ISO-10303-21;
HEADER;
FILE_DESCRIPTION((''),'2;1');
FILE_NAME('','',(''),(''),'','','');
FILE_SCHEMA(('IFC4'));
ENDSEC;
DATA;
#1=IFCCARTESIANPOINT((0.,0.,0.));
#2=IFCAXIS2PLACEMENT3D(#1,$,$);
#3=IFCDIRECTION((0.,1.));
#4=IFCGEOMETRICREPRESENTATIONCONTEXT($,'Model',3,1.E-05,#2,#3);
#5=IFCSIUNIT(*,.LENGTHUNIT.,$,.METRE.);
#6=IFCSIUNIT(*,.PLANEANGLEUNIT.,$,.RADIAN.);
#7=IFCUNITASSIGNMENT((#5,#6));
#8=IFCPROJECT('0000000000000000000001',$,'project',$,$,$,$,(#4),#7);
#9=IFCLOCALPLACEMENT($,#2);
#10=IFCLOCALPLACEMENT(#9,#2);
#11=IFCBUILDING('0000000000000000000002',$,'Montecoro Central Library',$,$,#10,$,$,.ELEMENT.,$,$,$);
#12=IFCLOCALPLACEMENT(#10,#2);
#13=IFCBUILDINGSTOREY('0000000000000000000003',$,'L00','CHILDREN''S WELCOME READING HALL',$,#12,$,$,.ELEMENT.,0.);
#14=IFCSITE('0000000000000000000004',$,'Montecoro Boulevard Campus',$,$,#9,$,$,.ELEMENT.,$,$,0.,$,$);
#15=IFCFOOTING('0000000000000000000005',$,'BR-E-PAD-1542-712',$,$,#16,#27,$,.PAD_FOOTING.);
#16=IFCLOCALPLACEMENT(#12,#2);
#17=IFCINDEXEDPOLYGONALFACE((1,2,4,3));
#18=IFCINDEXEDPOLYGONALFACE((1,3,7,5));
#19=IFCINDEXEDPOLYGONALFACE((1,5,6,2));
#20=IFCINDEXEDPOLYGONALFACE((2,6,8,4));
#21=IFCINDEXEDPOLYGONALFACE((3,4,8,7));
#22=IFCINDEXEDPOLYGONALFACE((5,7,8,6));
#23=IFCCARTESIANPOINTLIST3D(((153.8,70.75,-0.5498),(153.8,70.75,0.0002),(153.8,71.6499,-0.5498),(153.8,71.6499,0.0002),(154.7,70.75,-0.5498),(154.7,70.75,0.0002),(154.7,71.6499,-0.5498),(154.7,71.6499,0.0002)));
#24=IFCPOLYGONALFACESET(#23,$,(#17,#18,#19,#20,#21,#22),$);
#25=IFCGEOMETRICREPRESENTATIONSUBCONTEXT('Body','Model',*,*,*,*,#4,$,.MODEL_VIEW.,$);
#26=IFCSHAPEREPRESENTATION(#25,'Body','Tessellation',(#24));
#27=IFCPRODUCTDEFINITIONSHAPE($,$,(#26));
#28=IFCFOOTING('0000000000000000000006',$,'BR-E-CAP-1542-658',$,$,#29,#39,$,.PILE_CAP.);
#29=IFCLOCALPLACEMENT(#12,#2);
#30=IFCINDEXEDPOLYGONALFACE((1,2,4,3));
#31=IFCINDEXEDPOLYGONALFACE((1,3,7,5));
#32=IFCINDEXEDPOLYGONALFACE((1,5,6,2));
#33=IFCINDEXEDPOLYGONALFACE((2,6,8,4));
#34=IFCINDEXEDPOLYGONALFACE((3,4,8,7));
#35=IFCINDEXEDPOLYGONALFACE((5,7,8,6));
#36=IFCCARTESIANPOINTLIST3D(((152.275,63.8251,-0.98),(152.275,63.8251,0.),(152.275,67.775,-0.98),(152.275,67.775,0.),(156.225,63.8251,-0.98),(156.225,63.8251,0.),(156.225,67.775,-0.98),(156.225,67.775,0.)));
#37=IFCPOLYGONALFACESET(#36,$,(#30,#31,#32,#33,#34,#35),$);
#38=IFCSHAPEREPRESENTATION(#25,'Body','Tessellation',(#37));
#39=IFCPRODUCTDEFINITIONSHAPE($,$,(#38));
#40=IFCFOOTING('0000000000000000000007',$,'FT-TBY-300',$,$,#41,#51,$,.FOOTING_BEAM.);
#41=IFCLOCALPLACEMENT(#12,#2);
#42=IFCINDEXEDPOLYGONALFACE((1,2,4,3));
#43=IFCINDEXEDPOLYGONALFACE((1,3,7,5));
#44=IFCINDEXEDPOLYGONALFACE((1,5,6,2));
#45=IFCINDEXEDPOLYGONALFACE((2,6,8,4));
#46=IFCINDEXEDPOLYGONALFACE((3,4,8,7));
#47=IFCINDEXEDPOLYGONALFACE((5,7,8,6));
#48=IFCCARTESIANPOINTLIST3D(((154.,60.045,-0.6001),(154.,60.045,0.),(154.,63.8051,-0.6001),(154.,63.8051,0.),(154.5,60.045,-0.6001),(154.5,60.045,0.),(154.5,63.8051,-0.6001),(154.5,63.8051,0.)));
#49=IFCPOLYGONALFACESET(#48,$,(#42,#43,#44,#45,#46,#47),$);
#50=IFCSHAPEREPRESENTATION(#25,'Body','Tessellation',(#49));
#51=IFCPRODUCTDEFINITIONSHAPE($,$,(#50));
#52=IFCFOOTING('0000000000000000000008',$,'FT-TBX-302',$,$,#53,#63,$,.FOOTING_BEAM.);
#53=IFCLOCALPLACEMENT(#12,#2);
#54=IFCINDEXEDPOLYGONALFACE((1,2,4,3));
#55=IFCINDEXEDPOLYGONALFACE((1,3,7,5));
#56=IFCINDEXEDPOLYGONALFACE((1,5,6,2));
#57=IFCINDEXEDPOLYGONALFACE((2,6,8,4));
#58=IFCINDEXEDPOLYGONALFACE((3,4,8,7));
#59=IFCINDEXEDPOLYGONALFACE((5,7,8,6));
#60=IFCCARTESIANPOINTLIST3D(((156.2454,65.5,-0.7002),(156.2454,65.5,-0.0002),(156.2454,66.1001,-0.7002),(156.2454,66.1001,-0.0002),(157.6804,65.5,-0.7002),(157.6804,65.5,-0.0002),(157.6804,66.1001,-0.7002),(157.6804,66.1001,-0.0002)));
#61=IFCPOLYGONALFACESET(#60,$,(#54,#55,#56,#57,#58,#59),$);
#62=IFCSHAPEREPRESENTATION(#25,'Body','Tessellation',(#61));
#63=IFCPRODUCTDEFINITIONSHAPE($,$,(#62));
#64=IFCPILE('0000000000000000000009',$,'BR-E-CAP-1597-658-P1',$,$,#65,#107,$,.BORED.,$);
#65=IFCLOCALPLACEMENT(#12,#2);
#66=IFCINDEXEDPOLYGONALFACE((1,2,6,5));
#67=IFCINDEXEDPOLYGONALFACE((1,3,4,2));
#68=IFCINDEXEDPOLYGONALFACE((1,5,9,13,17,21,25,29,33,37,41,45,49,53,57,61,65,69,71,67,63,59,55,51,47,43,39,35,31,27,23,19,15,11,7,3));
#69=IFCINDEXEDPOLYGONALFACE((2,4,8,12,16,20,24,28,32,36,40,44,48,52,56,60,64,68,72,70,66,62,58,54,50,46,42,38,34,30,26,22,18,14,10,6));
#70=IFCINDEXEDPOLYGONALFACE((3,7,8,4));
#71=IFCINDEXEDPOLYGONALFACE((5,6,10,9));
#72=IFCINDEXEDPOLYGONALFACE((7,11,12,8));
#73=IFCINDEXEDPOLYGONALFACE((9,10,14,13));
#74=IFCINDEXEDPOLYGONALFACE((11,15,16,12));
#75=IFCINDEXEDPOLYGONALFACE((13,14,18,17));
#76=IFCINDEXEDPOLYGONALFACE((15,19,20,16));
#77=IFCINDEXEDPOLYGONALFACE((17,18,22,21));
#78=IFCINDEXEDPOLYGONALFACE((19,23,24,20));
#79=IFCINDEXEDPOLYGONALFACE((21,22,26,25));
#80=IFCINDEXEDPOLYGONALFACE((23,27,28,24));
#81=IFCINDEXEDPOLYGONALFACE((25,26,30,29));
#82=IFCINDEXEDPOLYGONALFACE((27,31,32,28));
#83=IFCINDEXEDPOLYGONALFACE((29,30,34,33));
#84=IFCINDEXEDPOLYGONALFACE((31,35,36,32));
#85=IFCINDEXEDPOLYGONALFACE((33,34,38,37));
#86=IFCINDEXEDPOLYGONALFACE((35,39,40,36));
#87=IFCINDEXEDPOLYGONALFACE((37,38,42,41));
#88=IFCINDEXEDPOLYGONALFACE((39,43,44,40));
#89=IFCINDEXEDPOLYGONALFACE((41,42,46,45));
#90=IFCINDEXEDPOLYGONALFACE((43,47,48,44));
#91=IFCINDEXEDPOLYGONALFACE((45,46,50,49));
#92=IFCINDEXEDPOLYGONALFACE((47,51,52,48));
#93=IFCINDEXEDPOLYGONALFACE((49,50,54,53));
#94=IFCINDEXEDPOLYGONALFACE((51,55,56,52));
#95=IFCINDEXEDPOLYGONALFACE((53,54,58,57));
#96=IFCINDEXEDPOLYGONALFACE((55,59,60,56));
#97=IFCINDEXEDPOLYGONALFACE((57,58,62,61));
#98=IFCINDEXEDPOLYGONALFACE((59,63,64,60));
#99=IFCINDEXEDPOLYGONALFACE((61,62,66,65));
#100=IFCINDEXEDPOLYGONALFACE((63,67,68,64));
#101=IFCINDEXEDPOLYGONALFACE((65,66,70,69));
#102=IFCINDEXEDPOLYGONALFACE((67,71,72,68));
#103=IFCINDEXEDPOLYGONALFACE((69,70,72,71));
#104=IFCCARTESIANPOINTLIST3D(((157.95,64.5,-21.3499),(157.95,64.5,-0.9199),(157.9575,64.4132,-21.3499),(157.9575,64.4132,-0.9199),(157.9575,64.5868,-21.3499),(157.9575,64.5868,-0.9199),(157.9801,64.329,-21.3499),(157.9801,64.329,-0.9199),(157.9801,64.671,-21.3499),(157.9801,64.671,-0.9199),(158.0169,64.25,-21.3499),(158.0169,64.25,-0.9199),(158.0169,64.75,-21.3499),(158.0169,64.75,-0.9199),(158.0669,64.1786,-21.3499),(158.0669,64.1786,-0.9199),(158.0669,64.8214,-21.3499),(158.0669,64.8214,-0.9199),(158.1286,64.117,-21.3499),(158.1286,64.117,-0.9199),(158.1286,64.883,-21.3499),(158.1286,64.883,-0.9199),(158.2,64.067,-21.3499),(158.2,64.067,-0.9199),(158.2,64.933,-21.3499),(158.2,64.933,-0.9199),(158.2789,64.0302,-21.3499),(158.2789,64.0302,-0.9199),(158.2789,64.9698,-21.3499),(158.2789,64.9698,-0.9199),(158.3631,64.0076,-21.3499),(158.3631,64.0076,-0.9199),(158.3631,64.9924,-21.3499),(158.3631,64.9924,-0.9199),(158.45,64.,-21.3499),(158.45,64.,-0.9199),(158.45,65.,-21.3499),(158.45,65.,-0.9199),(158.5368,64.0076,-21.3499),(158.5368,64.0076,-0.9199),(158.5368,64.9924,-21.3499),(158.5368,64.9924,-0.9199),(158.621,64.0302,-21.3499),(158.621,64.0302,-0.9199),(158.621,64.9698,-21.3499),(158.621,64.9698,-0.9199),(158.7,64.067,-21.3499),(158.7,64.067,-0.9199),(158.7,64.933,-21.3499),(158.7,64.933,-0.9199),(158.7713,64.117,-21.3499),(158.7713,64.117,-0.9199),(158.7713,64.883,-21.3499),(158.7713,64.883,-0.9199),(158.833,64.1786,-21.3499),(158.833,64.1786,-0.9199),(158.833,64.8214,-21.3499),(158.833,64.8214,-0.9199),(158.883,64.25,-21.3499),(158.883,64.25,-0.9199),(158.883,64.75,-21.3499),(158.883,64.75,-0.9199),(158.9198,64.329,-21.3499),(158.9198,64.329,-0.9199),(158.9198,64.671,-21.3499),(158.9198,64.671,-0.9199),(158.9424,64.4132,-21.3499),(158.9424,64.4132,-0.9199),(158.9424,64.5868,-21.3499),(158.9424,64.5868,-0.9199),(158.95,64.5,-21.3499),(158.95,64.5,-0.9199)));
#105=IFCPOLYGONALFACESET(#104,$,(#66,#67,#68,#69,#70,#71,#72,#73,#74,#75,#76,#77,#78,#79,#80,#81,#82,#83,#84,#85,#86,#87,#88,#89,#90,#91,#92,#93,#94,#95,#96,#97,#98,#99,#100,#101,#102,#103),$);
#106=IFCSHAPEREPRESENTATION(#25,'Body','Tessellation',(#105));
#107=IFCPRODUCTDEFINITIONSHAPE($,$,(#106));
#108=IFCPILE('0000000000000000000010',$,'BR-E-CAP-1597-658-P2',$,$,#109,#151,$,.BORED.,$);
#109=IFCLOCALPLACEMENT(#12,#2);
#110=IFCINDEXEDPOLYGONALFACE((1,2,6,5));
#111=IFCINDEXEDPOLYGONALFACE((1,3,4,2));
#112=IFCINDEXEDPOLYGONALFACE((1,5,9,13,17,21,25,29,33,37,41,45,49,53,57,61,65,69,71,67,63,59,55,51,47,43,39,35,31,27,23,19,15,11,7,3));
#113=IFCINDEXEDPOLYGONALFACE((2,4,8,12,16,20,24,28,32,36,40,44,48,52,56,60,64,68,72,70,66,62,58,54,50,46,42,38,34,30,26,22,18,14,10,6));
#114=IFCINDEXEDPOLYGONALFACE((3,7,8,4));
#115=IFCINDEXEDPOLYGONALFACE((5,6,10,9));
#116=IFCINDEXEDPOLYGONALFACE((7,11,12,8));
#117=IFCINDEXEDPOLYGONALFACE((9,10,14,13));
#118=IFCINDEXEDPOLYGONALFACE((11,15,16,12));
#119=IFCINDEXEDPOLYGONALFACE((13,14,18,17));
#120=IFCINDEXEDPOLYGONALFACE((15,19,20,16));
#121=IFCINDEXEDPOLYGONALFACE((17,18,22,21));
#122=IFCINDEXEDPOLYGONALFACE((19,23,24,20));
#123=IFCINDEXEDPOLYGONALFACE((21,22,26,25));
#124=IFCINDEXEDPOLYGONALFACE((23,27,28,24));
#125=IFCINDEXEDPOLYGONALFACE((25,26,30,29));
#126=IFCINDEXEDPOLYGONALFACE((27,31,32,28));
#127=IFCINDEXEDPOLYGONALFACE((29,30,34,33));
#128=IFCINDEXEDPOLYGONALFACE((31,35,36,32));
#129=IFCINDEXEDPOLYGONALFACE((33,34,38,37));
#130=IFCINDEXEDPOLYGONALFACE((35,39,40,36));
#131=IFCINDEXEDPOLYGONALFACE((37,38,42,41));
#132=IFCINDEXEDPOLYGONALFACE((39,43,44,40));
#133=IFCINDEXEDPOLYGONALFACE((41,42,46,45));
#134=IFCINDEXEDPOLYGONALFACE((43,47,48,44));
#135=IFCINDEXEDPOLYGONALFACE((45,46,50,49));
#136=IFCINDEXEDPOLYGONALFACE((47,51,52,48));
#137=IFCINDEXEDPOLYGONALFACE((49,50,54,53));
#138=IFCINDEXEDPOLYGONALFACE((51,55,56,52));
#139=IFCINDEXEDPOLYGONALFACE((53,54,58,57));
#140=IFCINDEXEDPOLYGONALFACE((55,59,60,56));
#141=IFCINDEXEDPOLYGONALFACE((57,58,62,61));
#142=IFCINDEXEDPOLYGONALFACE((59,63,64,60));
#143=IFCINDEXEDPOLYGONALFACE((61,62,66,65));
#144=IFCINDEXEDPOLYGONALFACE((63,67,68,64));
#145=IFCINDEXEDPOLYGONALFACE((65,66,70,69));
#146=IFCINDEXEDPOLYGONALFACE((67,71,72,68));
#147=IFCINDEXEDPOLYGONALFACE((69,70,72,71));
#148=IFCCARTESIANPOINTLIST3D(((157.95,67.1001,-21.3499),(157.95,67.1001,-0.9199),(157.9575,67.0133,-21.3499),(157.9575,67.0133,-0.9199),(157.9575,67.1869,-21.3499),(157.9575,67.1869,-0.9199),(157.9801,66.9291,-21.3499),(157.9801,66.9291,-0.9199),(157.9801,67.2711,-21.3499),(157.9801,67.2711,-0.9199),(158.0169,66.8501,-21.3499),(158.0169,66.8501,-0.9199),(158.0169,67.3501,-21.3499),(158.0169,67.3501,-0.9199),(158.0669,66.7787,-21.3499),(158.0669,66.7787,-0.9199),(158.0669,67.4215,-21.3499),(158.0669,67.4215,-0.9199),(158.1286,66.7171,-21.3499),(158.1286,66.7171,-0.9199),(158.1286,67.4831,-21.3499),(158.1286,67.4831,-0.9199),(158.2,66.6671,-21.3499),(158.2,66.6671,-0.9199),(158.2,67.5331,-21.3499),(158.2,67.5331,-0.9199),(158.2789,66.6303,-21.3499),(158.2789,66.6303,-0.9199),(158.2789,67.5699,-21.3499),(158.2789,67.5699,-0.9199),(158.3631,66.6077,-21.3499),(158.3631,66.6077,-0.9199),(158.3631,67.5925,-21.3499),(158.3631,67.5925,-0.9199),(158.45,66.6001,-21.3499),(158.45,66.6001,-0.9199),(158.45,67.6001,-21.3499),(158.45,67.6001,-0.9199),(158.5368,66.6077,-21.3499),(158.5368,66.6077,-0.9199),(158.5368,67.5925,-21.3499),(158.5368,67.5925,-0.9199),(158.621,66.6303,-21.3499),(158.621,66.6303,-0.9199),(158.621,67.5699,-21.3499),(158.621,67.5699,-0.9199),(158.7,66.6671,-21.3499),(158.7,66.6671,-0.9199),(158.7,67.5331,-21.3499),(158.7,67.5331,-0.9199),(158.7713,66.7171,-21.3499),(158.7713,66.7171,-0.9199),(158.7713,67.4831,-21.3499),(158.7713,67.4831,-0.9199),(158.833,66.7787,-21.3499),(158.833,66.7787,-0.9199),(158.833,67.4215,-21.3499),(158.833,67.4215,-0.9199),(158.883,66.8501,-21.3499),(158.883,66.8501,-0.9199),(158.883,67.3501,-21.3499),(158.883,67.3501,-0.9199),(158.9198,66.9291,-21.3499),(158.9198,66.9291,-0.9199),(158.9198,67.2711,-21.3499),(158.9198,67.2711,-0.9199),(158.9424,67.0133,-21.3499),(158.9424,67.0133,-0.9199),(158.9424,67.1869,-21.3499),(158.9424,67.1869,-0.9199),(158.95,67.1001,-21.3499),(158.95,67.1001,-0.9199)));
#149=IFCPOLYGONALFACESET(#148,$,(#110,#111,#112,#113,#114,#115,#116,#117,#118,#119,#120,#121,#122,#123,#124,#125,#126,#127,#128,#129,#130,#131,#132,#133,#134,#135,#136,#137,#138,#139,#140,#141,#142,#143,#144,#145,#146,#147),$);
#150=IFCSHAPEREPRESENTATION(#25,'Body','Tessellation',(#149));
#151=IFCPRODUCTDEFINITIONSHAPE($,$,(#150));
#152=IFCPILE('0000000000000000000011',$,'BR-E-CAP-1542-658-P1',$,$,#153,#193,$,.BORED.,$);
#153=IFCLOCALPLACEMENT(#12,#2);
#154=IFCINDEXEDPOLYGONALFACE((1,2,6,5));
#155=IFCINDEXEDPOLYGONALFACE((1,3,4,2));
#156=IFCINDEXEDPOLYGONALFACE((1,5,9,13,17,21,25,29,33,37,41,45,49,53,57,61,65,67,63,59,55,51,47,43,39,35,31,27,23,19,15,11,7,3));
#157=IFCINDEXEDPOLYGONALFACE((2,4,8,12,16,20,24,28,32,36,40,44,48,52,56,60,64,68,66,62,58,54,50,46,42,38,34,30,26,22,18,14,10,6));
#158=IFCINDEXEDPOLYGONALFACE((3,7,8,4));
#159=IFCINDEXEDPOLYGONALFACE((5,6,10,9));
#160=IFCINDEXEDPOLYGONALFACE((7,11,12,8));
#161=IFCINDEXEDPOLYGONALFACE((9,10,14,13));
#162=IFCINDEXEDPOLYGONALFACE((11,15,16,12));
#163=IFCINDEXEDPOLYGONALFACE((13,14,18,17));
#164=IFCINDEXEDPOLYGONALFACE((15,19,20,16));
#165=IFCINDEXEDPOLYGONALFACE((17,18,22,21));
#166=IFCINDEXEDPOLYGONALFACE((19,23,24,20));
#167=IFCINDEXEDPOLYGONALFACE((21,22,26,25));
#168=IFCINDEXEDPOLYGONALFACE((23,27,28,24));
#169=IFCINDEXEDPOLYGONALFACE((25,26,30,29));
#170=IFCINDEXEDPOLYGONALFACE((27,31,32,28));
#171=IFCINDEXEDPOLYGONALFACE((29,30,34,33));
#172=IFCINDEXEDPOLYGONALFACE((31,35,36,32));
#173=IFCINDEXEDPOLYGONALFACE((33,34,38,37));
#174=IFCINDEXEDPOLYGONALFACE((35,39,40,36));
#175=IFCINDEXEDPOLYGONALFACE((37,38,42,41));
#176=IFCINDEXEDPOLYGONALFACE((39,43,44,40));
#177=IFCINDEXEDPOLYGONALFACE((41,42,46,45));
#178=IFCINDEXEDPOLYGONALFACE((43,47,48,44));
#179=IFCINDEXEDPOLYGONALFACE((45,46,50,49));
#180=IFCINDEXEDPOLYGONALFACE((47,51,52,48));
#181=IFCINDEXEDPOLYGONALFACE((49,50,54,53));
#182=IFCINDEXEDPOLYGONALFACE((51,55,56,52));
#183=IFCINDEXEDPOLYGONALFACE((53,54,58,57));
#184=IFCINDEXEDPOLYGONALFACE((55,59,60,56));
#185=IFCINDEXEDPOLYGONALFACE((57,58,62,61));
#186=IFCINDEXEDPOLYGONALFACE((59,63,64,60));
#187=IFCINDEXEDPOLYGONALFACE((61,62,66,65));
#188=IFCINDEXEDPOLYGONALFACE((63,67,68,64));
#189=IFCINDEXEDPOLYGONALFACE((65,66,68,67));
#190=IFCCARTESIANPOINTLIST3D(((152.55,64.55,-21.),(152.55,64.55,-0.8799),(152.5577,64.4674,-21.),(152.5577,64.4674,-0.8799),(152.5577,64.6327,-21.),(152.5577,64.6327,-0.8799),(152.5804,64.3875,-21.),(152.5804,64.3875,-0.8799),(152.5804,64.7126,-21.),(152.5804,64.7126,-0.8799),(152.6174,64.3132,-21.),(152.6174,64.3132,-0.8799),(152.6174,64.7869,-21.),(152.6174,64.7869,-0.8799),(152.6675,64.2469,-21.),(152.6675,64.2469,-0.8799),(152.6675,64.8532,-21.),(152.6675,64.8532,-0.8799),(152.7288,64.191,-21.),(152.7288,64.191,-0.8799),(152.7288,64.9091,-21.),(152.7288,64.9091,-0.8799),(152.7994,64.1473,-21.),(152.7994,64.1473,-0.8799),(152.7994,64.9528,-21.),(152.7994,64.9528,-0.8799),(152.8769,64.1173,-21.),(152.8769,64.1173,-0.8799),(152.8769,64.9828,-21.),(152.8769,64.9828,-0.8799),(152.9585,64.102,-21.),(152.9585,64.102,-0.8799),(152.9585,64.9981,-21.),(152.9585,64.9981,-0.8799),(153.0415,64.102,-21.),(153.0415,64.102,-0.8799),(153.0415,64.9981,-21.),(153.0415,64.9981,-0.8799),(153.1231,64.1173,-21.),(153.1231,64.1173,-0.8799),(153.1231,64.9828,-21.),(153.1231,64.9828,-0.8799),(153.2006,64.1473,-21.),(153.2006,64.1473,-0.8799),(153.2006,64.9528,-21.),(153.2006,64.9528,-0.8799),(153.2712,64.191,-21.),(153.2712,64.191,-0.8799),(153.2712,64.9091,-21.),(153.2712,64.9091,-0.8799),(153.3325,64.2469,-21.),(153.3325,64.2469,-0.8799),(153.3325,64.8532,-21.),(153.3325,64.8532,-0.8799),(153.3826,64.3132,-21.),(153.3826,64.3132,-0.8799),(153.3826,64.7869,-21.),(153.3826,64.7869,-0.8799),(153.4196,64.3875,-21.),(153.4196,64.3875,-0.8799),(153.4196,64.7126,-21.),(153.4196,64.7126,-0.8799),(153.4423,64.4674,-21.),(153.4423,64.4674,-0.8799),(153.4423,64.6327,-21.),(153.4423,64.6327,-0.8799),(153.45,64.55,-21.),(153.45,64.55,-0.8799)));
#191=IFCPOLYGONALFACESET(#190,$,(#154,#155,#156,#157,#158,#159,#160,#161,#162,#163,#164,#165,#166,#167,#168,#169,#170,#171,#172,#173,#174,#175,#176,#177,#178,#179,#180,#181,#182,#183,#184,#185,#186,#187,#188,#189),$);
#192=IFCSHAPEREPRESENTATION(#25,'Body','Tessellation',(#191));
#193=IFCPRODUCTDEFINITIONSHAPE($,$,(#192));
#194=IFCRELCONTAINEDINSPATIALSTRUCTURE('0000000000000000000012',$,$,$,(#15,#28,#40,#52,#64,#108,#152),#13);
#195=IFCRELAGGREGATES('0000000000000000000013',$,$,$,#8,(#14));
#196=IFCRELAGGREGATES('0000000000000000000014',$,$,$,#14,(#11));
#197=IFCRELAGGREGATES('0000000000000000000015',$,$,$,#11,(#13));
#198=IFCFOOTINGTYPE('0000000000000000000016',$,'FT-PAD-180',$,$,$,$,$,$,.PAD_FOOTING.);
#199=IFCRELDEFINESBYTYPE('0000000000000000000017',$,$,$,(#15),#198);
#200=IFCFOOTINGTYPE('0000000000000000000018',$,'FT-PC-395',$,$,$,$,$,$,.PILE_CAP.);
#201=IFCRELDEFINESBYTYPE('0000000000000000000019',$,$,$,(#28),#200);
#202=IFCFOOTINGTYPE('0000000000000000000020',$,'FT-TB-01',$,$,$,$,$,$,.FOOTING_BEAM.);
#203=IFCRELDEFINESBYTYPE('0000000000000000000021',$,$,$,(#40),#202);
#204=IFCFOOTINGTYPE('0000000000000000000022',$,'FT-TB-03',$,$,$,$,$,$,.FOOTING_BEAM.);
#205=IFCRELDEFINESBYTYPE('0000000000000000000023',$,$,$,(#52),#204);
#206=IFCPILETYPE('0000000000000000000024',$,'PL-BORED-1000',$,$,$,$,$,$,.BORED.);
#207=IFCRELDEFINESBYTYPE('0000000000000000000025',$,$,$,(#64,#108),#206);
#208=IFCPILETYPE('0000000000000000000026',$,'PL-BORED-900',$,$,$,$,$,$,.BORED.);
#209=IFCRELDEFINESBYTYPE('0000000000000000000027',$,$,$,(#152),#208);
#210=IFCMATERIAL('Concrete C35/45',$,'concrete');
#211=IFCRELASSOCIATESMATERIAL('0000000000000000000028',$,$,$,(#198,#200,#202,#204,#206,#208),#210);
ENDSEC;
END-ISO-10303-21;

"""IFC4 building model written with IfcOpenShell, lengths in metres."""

from ifc_helpers import new_model, si_unit, direction, frame, origin, origin_2d, place, context, subcontext, project, spatial, rectangle, circle, extrude, material, material_profile, profile_set, type_object, element, save


model = new_model("IFC4")

# Units and contexts
model_context = context("Model", 3, precision=1e-05, world=origin(), true_north=direction((0.0, 1.0)))
body_context = subcontext(model_context, "Body", "Model", "MODEL_VIEW")
ifc_project = project(units=[si_unit("LENGTHUNIT", "METRE"), si_unit("PLANEANGLEUNIT", "RADIAN")], contexts=[model_context])

# Site, building, storey
site_placement = place(None, origin())
site = spatial("IfcSite", under=ifc_project, at=site_placement, Name="Montecoro Boulevard Campus", CompositionType="ELEMENT", RefElevation=0.0)
building_placement = place(site_placement, origin())
building = spatial("IfcBuilding", under=site, at=building_placement, Name="Montecoro Central Library", CompositionType="ELEMENT")
storey_placement = place(building_placement, origin())
storey = spatial("IfcBuildingStorey", under=building, at=storey_placement, Name="L00", Description="CHILDREN'S WELCOME READING HALL", CompositionType="ELEMENT", Elevation=0.0)

# Footings
ifc_material_1 = material(Name="Concrete C35/45", Category="concrete")
footing_type_1 = type_object("IfcFootingType", Name="FT-PAD-180", PredefinedType="PAD_FOOTING", material=ifc_material_1)
footing_1_placement = place(storey_placement, frame((154.25, 71.2, -0.5498), z_axis=(0.0, 0.0, 1.0), x_axis=(1.0, 0.0, 0.0)))
element("IfcFooting", 1, at=footing_1_placement, inside=storey, type_object=footing_type_1, Name="BR-E-PAD-1542-712", PredefinedType="PAD_FOOTING", context=body_context, shape_type="SweptSolid", body=[
    extrude(rectangle(XDim=0.8999, YDim=0.8999, at=origin_2d()), origin(), (0.0, 0.0, 1.0), 0.55),
])
footing_type_2 = type_object("IfcFootingType", Name="FT-PC-395", PredefinedType="PILE_CAP", material=ifc_material_1)
footing_2_placement = place(storey_placement, frame((154.25, 65.8, -0.98), z_axis=(0.0, 0.0, 1.0), x_axis=(1.0, 0.0, 0.0)))
element("IfcFooting", 2, at=footing_2_placement, inside=storey, type_object=footing_type_2, Name="BR-E-CAP-1542-658", PredefinedType="PILE_CAP", context=body_context, shape_type="SweptSolid", body=[
    extrude(rectangle(XDim=3.95, YDim=3.95, at=origin_2d()), origin(), (0.0, 0.0, 1.0), 0.98),
])
footing_type_3 = type_object("IfcFootingType", Name="FT-TB-01", PredefinedType="FOOTING_BEAM", material=ifc_material_1)
footing_3_placement = place(storey_placement, frame((154.25, 61.925, -0.6001), z_axis=(0.0, 0.0, 1.0), x_axis=(1.0, 0.0, 0.0)))
element("IfcFooting", 3, at=footing_3_placement, inside=storey, type_object=footing_type_3, Name="FT-TBY-300", PredefinedType="FOOTING_BEAM", context=body_context, shape_type="SweptSolid", body=[
    extrude(rectangle(XDim=0.5, YDim=3.76, at=origin_2d()), origin(), (0.0, 0.0, 1.0), 0.6001),
])
footing_type_4 = type_object("IfcFootingType", Name="FT-TB-03", PredefinedType="FOOTING_BEAM", material=ifc_material_1)
footing_4_placement = place(storey_placement, frame((156.9629, 65.8, -0.7002), z_axis=(0.0, 0.0, 1.0), x_axis=(1.0, 0.0, 0.0)))
element("IfcFooting", 4, at=footing_4_placement, inside=storey, type_object=footing_type_4, Name="FT-TBX-302", PredefinedType="FOOTING_BEAM", context=body_context, shape_type="SweptSolid", body=[
    extrude(rectangle(XDim=1.4351, YDim=0.6001, at=origin_2d()), origin(), (0.0, 0.0, 1.0), 0.7),
])

# Piles
ifc_material_profile_1 = material_profile(ifc_material_1, circle(Radius=0.5, at=origin_2d()), Name="PILE D1000")
ifc_profile_set_1 = profile_set([ifc_material_profile_1], Name="Concrete C35/45")
pile_type_1 = type_object("IfcPileType", Name="PL-BORED-1000", PredefinedType="BORED", material=ifc_profile_set_1)
for number, where, z_axis, x_axis, name in (
    (5, (158.45, 64.5, -0.9199), (0.0, 0.0, -1.0), (1.0, 0.0, 0.0), "BR-E-CAP-1597-658-P1"),
    (6, (158.45, 67.1001, -0.9199), (0.0, 0.0, -1.0), (1.0, 0.0, 0.0), "BR-E-CAP-1597-658-P2"),
):
    element("IfcPile", number, at=place(storey_placement, frame(where, z_axis=z_axis, x_axis=x_axis)), inside=storey, type_object=pile_type_1, Name=name, PredefinedType="BORED", context=body_context, shape_type="SweptSolid", body=[
        extrude(circle(Radius=0.5, at=origin_2d()), origin(), (0.0, 0.0, 1.0), 20.4299),
    ])
ifc_material_profile_2 = material_profile(ifc_material_1, circle(Radius=0.45, at=origin_2d()), Name="PILE D900")
ifc_profile_set_2 = profile_set([ifc_material_profile_2], Name="Concrete C35/45")
pile_type_2 = type_object("IfcPileType", Name="PL-BORED-900", PredefinedType="BORED", material=ifc_profile_set_2)
for number, where, z_axis, x_axis, name in (
    (7, (153.0, 64.55, -0.8799), (0.0, 0.0, -1.0), (1.0, 0.0, 0.0), "BR-E-CAP-1542-658-P1"),
):
    element("IfcPile", number, at=place(storey_placement, frame(where, z_axis=z_axis, x_axis=x_axis)), inside=storey, type_object=pile_type_2, Name=name, PredefinedType="BORED", context=body_context, shape_type="SweptSolid", body=[
        extrude(circle(Radius=0.45, at=origin_2d()), origin(), (0.0, 0.0, 1.0), 20.1201),
    ])

save(model, "model.ifc")
